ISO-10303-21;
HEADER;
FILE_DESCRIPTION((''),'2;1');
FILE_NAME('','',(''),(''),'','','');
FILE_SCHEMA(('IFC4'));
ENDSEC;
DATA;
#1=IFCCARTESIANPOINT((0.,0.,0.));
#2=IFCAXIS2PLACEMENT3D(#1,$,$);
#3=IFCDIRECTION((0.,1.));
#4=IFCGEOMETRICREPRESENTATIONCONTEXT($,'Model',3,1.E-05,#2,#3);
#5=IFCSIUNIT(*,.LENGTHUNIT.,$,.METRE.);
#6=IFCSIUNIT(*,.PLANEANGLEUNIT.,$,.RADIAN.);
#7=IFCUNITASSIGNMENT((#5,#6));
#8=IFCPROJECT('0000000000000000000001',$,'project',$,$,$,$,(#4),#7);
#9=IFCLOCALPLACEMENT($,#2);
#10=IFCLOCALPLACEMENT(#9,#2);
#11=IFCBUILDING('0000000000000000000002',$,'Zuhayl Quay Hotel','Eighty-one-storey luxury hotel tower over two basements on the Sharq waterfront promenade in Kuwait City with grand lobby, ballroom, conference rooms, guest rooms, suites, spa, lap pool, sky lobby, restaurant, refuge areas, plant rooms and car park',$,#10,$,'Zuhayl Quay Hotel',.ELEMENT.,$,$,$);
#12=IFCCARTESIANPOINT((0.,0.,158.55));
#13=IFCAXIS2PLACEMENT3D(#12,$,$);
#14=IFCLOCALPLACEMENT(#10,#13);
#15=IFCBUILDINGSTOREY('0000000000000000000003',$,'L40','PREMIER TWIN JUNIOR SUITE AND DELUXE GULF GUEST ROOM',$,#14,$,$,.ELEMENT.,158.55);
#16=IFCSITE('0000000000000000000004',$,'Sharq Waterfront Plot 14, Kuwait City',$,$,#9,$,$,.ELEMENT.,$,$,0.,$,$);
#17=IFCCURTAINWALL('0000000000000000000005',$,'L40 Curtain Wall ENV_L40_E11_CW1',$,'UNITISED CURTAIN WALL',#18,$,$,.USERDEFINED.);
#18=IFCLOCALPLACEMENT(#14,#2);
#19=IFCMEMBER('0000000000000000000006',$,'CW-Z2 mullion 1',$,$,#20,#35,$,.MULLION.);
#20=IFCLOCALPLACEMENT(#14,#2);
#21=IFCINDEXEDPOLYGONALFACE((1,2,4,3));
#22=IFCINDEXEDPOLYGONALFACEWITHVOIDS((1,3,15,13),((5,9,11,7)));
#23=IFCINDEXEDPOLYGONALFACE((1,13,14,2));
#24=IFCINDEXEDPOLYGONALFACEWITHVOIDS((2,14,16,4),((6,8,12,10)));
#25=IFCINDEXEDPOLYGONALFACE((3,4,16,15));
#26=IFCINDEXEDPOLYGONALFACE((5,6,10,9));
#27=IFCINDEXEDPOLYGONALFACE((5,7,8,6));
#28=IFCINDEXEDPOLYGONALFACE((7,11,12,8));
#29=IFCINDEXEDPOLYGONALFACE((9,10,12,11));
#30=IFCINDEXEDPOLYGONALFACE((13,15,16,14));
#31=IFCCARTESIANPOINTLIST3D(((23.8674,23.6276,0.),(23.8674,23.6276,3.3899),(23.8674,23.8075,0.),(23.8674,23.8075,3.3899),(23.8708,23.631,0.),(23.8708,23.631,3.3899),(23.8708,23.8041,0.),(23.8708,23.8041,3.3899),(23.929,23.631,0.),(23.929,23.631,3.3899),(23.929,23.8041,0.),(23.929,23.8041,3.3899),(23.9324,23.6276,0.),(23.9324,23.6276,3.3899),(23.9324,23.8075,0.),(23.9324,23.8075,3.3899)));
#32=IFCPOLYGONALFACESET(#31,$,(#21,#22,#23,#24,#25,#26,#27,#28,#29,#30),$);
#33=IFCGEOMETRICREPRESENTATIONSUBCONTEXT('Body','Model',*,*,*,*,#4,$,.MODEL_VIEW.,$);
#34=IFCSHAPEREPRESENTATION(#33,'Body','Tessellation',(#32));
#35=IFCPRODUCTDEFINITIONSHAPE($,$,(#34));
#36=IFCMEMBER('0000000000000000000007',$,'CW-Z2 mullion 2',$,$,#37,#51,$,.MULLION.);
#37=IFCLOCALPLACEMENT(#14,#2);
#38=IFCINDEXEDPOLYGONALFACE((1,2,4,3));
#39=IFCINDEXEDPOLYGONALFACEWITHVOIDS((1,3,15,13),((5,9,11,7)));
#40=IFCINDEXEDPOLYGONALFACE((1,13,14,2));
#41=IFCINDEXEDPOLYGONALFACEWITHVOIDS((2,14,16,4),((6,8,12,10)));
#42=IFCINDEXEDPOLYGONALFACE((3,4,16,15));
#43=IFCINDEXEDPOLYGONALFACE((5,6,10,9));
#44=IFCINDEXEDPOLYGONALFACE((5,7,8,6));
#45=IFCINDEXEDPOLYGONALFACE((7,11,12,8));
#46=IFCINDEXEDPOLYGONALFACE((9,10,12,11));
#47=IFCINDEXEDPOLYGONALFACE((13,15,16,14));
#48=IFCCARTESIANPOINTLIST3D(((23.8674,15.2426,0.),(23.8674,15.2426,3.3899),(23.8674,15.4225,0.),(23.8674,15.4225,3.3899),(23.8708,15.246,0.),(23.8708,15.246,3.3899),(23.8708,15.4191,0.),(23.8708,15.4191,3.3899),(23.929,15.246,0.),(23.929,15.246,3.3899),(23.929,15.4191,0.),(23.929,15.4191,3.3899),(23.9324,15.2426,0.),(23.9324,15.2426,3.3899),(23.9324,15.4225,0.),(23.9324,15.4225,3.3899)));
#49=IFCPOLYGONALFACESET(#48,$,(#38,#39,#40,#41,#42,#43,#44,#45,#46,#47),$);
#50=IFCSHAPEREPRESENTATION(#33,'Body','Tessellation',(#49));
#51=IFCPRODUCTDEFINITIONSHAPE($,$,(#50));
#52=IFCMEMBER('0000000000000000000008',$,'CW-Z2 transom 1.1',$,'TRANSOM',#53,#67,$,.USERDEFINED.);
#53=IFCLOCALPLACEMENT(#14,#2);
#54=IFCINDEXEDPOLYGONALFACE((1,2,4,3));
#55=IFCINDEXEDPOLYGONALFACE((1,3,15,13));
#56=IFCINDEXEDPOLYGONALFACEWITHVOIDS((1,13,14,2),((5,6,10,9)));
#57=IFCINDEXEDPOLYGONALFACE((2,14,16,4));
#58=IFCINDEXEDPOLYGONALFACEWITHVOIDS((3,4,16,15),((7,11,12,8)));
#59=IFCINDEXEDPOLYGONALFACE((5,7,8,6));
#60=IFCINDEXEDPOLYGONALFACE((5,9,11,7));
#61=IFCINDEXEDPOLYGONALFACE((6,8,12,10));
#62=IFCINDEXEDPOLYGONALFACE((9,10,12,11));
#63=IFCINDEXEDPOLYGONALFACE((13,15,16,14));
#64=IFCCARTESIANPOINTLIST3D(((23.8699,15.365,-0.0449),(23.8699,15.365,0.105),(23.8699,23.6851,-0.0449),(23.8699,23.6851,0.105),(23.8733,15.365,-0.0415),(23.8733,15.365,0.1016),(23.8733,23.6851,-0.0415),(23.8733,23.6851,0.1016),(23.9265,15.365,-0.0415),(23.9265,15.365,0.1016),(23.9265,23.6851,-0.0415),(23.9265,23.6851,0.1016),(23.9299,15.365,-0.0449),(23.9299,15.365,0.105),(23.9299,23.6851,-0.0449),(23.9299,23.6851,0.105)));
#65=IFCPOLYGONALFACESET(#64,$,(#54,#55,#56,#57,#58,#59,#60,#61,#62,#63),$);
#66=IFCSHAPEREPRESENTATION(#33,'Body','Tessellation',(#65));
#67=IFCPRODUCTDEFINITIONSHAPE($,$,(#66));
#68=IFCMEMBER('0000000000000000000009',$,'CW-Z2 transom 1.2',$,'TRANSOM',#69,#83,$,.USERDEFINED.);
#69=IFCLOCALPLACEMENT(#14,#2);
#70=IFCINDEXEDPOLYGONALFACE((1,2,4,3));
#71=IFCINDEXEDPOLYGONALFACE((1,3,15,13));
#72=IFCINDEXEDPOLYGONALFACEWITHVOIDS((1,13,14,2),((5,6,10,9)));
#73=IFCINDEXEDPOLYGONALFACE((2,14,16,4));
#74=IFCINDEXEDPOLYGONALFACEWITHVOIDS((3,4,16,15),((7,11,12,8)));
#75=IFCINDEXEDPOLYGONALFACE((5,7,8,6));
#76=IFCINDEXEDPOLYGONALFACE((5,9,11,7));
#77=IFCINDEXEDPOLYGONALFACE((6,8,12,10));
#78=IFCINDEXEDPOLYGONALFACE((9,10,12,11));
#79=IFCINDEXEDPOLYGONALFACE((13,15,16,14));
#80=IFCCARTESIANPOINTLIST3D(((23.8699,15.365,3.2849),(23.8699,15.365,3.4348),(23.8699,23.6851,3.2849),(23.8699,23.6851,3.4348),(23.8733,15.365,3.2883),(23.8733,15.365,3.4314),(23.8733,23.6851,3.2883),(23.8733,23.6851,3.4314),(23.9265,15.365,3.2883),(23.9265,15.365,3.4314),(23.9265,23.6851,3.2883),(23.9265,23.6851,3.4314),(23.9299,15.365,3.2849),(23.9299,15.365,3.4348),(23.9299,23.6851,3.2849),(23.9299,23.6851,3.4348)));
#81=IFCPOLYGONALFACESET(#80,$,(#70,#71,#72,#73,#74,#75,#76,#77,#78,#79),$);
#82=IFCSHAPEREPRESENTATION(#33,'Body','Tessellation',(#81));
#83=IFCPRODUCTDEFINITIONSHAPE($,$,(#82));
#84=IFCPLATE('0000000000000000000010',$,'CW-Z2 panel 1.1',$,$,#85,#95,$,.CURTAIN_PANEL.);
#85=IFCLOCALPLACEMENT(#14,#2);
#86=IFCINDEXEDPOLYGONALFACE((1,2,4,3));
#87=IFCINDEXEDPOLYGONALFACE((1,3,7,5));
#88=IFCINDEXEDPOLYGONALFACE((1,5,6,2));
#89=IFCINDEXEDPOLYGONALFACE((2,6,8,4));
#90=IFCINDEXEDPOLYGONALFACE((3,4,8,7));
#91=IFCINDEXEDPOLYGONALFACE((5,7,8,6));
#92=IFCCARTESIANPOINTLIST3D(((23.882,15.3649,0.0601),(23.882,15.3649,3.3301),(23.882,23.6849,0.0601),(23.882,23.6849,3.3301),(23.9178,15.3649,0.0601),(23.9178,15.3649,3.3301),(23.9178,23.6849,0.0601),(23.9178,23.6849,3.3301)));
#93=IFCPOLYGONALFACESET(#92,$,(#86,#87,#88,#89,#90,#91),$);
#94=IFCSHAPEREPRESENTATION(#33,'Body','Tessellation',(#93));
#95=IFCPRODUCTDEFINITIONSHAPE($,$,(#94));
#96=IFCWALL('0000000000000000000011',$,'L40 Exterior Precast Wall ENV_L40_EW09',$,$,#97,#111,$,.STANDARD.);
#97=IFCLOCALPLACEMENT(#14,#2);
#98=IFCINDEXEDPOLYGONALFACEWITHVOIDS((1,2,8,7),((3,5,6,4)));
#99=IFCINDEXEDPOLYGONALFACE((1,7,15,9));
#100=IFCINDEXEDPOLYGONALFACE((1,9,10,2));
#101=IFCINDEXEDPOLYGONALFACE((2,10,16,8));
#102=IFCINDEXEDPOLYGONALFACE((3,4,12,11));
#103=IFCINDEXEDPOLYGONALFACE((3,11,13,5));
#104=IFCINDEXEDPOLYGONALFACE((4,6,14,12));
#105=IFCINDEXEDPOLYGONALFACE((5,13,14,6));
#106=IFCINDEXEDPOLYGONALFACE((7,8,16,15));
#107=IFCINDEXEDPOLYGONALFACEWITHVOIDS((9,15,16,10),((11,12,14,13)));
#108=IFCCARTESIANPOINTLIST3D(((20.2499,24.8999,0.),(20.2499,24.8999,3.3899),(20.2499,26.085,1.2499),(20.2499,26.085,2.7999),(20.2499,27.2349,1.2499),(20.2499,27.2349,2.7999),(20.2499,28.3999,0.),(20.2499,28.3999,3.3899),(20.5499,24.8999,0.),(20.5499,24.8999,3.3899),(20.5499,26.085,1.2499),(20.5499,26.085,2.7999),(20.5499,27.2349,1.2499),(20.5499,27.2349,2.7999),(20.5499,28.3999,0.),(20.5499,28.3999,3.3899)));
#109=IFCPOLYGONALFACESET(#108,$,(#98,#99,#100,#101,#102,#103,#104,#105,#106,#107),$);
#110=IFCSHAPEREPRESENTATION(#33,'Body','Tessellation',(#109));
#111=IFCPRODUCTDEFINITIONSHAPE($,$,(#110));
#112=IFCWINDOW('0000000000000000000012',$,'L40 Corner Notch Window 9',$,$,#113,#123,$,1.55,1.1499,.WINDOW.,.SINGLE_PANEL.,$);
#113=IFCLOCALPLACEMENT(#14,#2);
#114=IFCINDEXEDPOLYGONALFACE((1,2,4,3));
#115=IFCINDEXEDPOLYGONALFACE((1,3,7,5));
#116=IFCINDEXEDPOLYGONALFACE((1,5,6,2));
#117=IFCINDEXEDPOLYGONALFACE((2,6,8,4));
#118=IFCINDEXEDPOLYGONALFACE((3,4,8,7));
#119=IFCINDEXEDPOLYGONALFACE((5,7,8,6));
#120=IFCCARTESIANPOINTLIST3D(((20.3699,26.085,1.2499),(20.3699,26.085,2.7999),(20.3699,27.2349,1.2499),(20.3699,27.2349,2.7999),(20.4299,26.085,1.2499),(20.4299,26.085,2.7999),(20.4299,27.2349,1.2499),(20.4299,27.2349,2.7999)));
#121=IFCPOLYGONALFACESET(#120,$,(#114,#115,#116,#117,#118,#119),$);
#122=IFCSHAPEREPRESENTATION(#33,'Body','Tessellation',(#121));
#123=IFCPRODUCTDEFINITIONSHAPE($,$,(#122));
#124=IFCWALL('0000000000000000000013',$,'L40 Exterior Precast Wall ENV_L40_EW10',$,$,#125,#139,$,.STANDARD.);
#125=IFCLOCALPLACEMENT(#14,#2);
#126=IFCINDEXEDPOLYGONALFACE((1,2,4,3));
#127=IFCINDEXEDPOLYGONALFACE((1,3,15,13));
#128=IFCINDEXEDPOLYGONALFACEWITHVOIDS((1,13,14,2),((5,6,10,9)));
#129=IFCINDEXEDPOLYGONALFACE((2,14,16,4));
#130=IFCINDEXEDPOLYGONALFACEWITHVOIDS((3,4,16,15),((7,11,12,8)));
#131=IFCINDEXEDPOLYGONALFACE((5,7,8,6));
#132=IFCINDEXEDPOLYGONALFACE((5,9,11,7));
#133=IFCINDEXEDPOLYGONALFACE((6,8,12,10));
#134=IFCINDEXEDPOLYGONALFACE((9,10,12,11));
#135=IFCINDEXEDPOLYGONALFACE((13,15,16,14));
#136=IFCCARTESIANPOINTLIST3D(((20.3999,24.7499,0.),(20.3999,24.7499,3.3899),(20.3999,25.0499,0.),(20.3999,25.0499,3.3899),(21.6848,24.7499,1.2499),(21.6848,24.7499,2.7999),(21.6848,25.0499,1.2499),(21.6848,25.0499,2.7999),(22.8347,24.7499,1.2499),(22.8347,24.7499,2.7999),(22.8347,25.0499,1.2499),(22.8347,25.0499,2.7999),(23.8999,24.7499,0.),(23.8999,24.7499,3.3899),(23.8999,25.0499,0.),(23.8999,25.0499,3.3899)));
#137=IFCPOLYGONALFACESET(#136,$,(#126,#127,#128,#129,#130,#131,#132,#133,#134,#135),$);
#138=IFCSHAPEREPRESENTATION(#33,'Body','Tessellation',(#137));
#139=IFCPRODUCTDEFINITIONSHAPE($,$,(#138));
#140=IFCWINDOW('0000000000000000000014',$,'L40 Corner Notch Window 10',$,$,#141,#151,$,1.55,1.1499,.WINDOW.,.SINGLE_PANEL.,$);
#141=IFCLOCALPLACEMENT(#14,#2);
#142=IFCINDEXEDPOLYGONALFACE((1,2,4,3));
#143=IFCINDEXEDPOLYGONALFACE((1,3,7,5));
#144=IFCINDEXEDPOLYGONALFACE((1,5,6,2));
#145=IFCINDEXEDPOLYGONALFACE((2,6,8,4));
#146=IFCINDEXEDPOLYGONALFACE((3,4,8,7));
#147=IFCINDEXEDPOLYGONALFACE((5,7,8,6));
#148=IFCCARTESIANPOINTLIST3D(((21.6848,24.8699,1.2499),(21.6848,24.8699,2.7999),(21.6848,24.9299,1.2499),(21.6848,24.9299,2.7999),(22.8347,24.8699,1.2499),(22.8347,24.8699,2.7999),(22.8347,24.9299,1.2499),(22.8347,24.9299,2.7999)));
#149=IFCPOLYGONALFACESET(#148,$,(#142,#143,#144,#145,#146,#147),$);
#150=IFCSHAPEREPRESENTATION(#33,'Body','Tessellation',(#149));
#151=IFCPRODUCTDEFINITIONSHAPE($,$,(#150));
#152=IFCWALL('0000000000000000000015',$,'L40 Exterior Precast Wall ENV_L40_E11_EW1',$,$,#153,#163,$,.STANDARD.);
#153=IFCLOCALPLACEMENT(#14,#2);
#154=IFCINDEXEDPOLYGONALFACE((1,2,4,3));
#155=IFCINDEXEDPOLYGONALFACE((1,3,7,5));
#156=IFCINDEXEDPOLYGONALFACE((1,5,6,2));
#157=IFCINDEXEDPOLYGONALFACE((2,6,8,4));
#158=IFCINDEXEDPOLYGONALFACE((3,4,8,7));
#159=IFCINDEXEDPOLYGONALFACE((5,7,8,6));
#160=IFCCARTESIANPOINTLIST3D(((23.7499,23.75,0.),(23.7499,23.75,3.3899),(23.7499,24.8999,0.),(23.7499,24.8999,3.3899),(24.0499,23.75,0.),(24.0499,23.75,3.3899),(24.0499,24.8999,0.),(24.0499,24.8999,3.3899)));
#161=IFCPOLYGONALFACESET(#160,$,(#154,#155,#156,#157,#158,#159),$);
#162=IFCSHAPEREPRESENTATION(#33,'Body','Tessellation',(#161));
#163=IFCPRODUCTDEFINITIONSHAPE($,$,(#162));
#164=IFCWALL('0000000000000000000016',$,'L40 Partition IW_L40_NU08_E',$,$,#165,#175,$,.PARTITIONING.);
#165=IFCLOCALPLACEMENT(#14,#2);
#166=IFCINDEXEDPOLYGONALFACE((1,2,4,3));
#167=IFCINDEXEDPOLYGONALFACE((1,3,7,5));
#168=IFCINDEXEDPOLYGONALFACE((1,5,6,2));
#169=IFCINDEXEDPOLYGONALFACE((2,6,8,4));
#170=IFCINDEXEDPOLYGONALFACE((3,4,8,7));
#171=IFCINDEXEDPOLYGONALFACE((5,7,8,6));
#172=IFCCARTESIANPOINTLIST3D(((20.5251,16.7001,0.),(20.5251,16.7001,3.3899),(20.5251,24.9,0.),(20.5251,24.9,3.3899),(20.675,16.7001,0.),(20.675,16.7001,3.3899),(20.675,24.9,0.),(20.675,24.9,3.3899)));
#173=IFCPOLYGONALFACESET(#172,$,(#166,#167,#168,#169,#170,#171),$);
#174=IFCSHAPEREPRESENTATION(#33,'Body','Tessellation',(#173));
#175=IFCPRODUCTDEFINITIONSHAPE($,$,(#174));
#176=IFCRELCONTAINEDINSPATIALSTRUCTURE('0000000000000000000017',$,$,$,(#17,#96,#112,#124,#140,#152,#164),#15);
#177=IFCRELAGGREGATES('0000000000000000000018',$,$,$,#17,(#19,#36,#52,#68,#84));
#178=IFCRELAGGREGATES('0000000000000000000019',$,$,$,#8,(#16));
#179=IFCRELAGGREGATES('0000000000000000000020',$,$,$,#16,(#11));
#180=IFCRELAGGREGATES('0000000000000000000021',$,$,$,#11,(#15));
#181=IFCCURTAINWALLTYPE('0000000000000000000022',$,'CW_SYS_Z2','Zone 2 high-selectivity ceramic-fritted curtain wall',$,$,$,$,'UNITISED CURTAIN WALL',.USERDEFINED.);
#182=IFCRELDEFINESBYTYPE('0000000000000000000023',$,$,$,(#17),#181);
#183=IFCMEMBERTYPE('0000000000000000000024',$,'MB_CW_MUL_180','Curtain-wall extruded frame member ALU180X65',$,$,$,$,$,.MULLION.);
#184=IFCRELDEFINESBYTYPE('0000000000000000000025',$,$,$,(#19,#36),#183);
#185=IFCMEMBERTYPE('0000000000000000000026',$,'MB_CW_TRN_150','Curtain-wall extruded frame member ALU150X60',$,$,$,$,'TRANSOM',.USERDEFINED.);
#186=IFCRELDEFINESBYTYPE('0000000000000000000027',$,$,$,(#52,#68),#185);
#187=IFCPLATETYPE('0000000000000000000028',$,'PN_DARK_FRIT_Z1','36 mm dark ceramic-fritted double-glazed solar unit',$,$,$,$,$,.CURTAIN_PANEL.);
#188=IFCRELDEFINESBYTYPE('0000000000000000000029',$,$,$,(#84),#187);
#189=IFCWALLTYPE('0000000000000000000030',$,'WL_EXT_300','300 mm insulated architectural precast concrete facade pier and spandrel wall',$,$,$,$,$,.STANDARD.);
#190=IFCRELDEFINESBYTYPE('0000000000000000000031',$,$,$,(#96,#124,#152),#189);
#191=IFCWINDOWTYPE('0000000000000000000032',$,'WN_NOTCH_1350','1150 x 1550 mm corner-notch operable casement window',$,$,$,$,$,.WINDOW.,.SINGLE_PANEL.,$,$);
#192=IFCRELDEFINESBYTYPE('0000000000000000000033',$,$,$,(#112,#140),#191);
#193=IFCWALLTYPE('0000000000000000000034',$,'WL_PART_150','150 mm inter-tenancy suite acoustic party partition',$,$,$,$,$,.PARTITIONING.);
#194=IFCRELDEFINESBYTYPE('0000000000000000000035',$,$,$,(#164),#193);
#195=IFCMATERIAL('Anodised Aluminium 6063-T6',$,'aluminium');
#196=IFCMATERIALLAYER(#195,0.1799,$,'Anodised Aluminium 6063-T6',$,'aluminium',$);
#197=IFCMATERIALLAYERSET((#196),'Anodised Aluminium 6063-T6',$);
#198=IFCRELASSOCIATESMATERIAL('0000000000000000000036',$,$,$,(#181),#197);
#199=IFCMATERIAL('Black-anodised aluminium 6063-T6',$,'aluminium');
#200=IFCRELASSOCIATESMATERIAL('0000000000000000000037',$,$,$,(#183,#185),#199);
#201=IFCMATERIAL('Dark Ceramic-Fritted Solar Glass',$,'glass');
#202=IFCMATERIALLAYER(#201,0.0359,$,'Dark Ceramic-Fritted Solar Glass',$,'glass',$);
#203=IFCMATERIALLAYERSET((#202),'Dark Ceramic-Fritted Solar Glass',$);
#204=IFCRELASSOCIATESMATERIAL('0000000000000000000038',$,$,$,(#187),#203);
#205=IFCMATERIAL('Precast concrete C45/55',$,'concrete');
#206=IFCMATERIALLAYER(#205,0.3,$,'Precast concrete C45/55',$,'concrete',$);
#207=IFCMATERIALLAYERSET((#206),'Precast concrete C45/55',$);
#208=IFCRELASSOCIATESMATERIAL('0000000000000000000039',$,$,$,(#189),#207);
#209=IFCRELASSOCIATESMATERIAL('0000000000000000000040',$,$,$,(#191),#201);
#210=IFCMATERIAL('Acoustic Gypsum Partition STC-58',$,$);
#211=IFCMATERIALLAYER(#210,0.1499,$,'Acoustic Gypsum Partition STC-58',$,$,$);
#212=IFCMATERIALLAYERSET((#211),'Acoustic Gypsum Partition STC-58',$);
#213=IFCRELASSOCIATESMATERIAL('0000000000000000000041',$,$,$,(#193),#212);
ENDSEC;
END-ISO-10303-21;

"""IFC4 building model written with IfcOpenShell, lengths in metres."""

from ifc_helpers import new_model, si_unit, direction, frame, frame_2d, origin, origin_2d, place, context, subcontext, project, spatial, rectangle, hollow_rectangle, extrude, material, layer, layer_set, material_profile, profile_set, type_object, element, fill, aggregate, save


model = new_model("IFC4")

# Units and contexts
model_context = context("Model", 3, precision=1e-05, world=origin(), true_north=direction((0.0, 1.0)))
body_context = subcontext(model_context, "Body", "Model", "MODEL_VIEW")
ifc_project = project(units=[si_unit("LENGTHUNIT", "METRE"), si_unit("PLANEANGLEUNIT", "RADIAN")], contexts=[model_context])

# Site, building, storey
site_placement = place(None, origin())
site = spatial("IfcSite", under=ifc_project, at=site_placement, Name="Sharq Waterfront Plot 14, Kuwait City", CompositionType="ELEMENT", RefElevation=0.0)
building_placement = place(site_placement, origin())
building = spatial("IfcBuilding", under=site, at=building_placement, Name="Zuhayl Quay Hotel", Description="Eighty-one-storey luxury hotel tower over two basements on the Sharq waterfront promenade in Kuwait City with grand lobby, ballroom, conference rooms, guest rooms, suites, spa, lap pool, sky lobby, restaurant, refuge areas, plant rooms and car park", LongName="Zuhayl Quay Hotel", CompositionType="ELEMENT")
storey_placement = place(building_placement, frame((0.0, 0.0, 158.55)))
storey = spatial("IfcBuildingStorey", under=building, at=storey_placement, Name="L40", Description="PREMIER TWIN JUNIOR SUITE AND DELUXE GULF GUEST ROOM", CompositionType="ELEMENT", Elevation=158.55)

# Curtain wall, members, plate
ifc_material_1 = material(Name="Anodised Aluminium 6063-T6", Category="aluminium")
ifc_layer_1 = layer(ifc_material_1, 0.1799, Name="Anodised Aluminium 6063-T6", Category="aluminium")
ifc_layer_set_1 = layer_set([ifc_layer_1], Name="Anodised Aluminium 6063-T6")
curtain_wall_type = type_object("IfcCurtainWallType", Name="CW_SYS_Z2", Description="Zone 2 high-selectivity ceramic-fritted curtain wall", ElementType="UNITISED CURTAIN WALL", PredefinedType="USERDEFINED", material=ifc_layer_set_1)
curtain_wall_placement = place(storey_placement, origin())
curtain_wall = element("IfcCurtainWall", 1, at=curtain_wall_placement, inside=storey, type_object=curtain_wall_type, Name="L40 Curtain Wall ENV_L40_E11_CW1", ObjectType="UNITISED CURTAIN WALL", PredefinedType="USERDEFINED")
ifc_material_2 = material(Name="Black-anodised aluminium 6063-T6", Category="aluminium")
ifc_material_profile_1 = material_profile(ifc_material_2, hollow_rectangle(XDim=0.0649, YDim=0.1799, WallThickness=0.0034, at=origin_2d()), Name="ALU180X65")
ifc_profile_set_1 = profile_set([ifc_material_profile_1], Name="Black-anodised aluminium 6063-T6")
member_type_1 = type_object("IfcMemberType", Name="MB_CW_MUL_180", Description="Curtain-wall extruded frame member ALU180X65", PredefinedType="MULLION", material=ifc_profile_set_1)
member_1_placement = place(storey_placement, frame((23.8999, 23.7175, 0.0), z_axis=(0.0, 0.0, 1.0), x_axis=(1.0, 0.0, 0.0)))
member_1 = element("IfcMember", 2, at=member_1_placement, type_object=member_type_1, Name="CW-Z2 mullion 1", PredefinedType="MULLION", context=body_context, shape_type="SweptSolid", body=[
    extrude(hollow_rectangle(XDim=0.0649, YDim=0.1799, WallThickness=0.0034, at=origin_2d()), origin(), (0.0, 0.0, 1.0), 3.3899),
])
member_2_placement = place(storey_placement, frame((23.8999, 15.3325, 0.0), z_axis=(0.0, 0.0, 1.0), x_axis=(1.0, 0.0, 0.0)))
member_2 = element("IfcMember", 3, at=member_2_placement, type_object=member_type_1, Name="CW-Z2 mullion 2", PredefinedType="MULLION", context=body_context, shape_type="SweptSolid", body=[
    extrude(hollow_rectangle(XDim=0.0649, YDim=0.1799, WallThickness=0.0034, at=origin_2d()), origin(), (0.0, 0.0, 1.0), 3.3899),
])
ifc_material_profile_2 = material_profile(ifc_material_2, hollow_rectangle(XDim=0.0601, YDim=0.1499, WallThickness=0.0034, at=origin_2d()), Name="ALU150X60")
ifc_profile_set_2 = profile_set([ifc_material_profile_2], Name="Black-anodised aluminium 6063-T6")
member_type_2 = type_object("IfcMemberType", Name="MB_CW_TRN_150", Description="Curtain-wall extruded frame member ALU150X60", ElementType="TRANSOM", PredefinedType="USERDEFINED", material=ifc_profile_set_2)
member_3_placement = place(storey_placement, frame((23.8999, 23.6851, 0.03), z_axis=(0.0, -1.0, 0.0), x_axis=(1.0, 0.0, 0.0)))
member_3 = element("IfcMember", 4, at=member_3_placement, type_object=member_type_2, Name="CW-Z2 transom 1.1", ObjectType="TRANSOM", PredefinedType="USERDEFINED", context=body_context, shape_type="SweptSolid", body=[
    extrude(hollow_rectangle(XDim=0.0601, YDim=0.1499, WallThickness=0.0034, at=origin_2d()), origin(), (0.0, 0.0, 1.0), 8.3201),
])
member_4_placement = place(storey_placement, frame((23.8999, 23.6851, 3.3599), z_axis=(0.0, -1.0, 0.0), x_axis=(1.0, 0.0, 0.0)))
member_4 = element("IfcMember", 5, at=member_4_placement, type_object=member_type_2, Name="CW-Z2 transom 1.2", ObjectType="TRANSOM", PredefinedType="USERDEFINED", context=body_context, shape_type="SweptSolid", body=[
    extrude(hollow_rectangle(XDim=0.0601, YDim=0.1499, WallThickness=0.0034, at=origin_2d()), origin(), (0.0, 0.0, 1.0), 8.3201),
])
ifc_material_3 = material(Name="Dark Ceramic-Fritted Solar Glass", Category="glass")
ifc_layer_2 = layer(ifc_material_3, 0.0359, Name="Dark Ceramic-Fritted Solar Glass", Category="glass")
ifc_layer_set_2 = layer_set([ifc_layer_2], Name="Dark Ceramic-Fritted Solar Glass")
plate_type = type_object("IfcPlateType", Name="PN_DARK_FRIT_Z1", Description="36 mm dark ceramic-fritted double-glazed solar unit", PredefinedType="CURTAIN_PANEL", material=ifc_layer_set_2)
plate_placement = place(storey_placement, frame((23.8999, 19.5249, 0.0601), z_axis=(0.0, 0.0, 1.0), x_axis=(0.0, -1.0, 0.0)))
plate = element("IfcPlate", 6, at=plate_placement, type_object=plate_type, Name="CW-Z2 panel 1.1", PredefinedType="CURTAIN_PANEL", context=body_context, shape_type="SweptSolid", body=[
    extrude(rectangle(XDim=8.3201, YDim=0.0359, at=origin_2d()), origin(), (0.0, 0.0, 1.0), 3.27),
])
aggregate(curtain_wall, [member_1, member_2, member_3, member_4, plate])

# Walls, openings, windows
ifc_material_4 = material(Name="Precast concrete C45/55", Category="concrete")
ifc_layer_3 = layer(ifc_material_4, 0.3, Name="Precast concrete C45/55", Category="concrete")
ifc_layer_set_3 = layer_set([ifc_layer_3], Name="Precast concrete C45/55")
wall_type_1 = type_object("IfcWallType", Name="WL_EXT_300", Description="300 mm insulated architectural precast concrete facade pier and spandrel wall", PredefinedType="STANDARD", material=ifc_layer_set_3)
wall_1_placement = place(storey_placement, frame((20.3999, 28.3999, 0.0), z_axis=(0.0, 0.0, 1.0), x_axis=(0.0, -1.0, 0.0)))
wall_1 = element("IfcWall", 7, at=wall_1_placement, inside=storey, type_object=wall_type_1, Name="L40 Exterior Precast Wall ENV_L40_EW09", PredefinedType="STANDARD", context=body_context, shape_type="SweptSolid", body=[
    extrude(rectangle(XDim=3.5, YDim=0.3, at=frame_2d((1.75, 0.0))), origin(), (0.0, 0.0, 1.0), 3.3899),
])
opening_1_placement = place(wall_1_placement, frame((1.165, 0.0, 1.25)))
opening_1 = element("IfcOpeningElement", 8, at=opening_1_placement, cuts=wall_1, PredefinedType="OPENING", context=body_context, shape_type="SweptSolid", body=[
    extrude(rectangle(XDim=1.1499, YDim=1.55, at=frame_2d((0.575, 0.7749))), frame((0.0, 0.1599, 0.0), z_axis=(0.0, -1.0, 0.0), x_axis=(1.0, 0.0, 0.0)), (0.0, 0.0, 1.0), 0.3201),
])
window_type = type_object("IfcWindowType", Name="WN_NOTCH_1350", Description="1150 x 1550 mm corner-notch operable casement window", PartitioningType="SINGLE_PANEL", PredefinedType="WINDOW", material=ifc_material_3)
window_1_placement = place(opening_1_placement, origin())
window_1 = element("IfcWindow", 9, at=window_1_placement, inside=storey, type_object=window_type, Name="L40 Corner Notch Window 9", OverallHeight=1.55, OverallWidth=1.1499, PartitioningType="SINGLE_PANEL", PredefinedType="WINDOW", context=body_context, shape_type="SweptSolid", body=[
    extrude(rectangle(XDim=1.1499, YDim=1.55, at=frame_2d((0.575, 0.7749))), frame((0.0, 0.03, 0.0), z_axis=(0.0, -1.0, 0.0), x_axis=(1.0, 0.0, 0.0)), (0.0, 0.0, 1.0), 0.0601),
])
fill(opening_1, window_1)
wall_2_placement = place(storey_placement, frame((20.3999, 24.8999, 0.0), z_axis=(0.0, 0.0, 1.0), x_axis=(1.0, 0.0, 0.0)))
wall_2 = element("IfcWall", 10, at=wall_2_placement, inside=storey, type_object=wall_type_1, Name="L40 Exterior Precast Wall ENV_L40_EW10", PredefinedType="STANDARD", context=body_context, shape_type="SweptSolid", body=[
    extrude(rectangle(XDim=3.5, YDim=0.3, at=frame_2d((1.75, 0.0))), origin(), (0.0, 0.0, 1.0), 3.3899),
])
opening_2_placement = place(wall_2_placement, frame((1.2849, 0.0, 1.25)))
opening_2 = element("IfcOpeningElement", 11, at=opening_2_placement, cuts=wall_2, PredefinedType="OPENING", context=body_context, shape_type="SweptSolid", body=[
    extrude(rectangle(XDim=1.1499, YDim=1.55, at=frame_2d((0.575, 0.7749))), frame((0.0, 0.1599, 0.0), z_axis=(0.0, -1.0, 0.0), x_axis=(1.0, 0.0, 0.0)), (0.0, 0.0, 1.0), 0.3201),
])
window_2_placement = place(opening_2_placement, origin())
window_2 = element("IfcWindow", 12, at=window_2_placement, inside=storey, type_object=window_type, Name="L40 Corner Notch Window 10", OverallHeight=1.55, OverallWidth=1.1499, PartitioningType="SINGLE_PANEL", PredefinedType="WINDOW", context=body_context, shape_type="SweptSolid", body=[
    extrude(rectangle(XDim=1.1499, YDim=1.55, at=frame_2d((0.575, 0.7749))), frame((0.0, 0.03, 0.0), z_axis=(0.0, -1.0, 0.0), x_axis=(1.0, 0.0, 0.0)), (0.0, 0.0, 1.0), 0.0601),
])
fill(opening_2, window_2)

# Walls
wall_3_placement = place(storey_placement, frame((23.8999, 24.8999, 0.0), z_axis=(0.0, 0.0, 1.0), x_axis=(0.0, -1.0, 0.0)))
element("IfcWall", 13, at=wall_3_placement, inside=storey, type_object=wall_type_1, Name="L40 Exterior Precast Wall ENV_L40_E11_EW1", PredefinedType="STANDARD", context=body_context, shape_type="SweptSolid", body=[
    extrude(rectangle(XDim=1.1499, YDim=0.3, at=frame_2d((0.575, 0.0))), origin(), (0.0, 0.0, 1.0), 3.3899),
])
ifc_material_5 = material(Name="Acoustic Gypsum Partition STC-58")
ifc_layer_4 = layer(ifc_material_5, 0.1499, Name="Acoustic Gypsum Partition STC-58")
ifc_layer_set_4 = layer_set([ifc_layer_4], Name="Acoustic Gypsum Partition STC-58")
wall_type_2 = type_object("IfcWallType", Name="WL_PART_150", Description="150 mm inter-tenancy suite acoustic party partition", PredefinedType="PARTITIONING", material=ifc_layer_set_4)
wall_4_placement = place(storey_placement, frame((20.6001, 16.7, 0.0), z_axis=(0.0, 0.0, 1.0), x_axis=(0.0, 1.0, 0.0)))
element("IfcWall", 14, at=wall_4_placement, inside=storey, type_object=wall_type_2, Name="L40 Partition IW_L40_NU08_E", PredefinedType="PARTITIONING", context=body_context, shape_type="SweptSolid", body=[
    extrude(rectangle(XDim=8.2, YDim=0.1499, at=frame_2d((4.1001, 0.0))), origin(), (0.0, 0.0, 1.0), 3.3899),
])

save(model, "model.ifc")
